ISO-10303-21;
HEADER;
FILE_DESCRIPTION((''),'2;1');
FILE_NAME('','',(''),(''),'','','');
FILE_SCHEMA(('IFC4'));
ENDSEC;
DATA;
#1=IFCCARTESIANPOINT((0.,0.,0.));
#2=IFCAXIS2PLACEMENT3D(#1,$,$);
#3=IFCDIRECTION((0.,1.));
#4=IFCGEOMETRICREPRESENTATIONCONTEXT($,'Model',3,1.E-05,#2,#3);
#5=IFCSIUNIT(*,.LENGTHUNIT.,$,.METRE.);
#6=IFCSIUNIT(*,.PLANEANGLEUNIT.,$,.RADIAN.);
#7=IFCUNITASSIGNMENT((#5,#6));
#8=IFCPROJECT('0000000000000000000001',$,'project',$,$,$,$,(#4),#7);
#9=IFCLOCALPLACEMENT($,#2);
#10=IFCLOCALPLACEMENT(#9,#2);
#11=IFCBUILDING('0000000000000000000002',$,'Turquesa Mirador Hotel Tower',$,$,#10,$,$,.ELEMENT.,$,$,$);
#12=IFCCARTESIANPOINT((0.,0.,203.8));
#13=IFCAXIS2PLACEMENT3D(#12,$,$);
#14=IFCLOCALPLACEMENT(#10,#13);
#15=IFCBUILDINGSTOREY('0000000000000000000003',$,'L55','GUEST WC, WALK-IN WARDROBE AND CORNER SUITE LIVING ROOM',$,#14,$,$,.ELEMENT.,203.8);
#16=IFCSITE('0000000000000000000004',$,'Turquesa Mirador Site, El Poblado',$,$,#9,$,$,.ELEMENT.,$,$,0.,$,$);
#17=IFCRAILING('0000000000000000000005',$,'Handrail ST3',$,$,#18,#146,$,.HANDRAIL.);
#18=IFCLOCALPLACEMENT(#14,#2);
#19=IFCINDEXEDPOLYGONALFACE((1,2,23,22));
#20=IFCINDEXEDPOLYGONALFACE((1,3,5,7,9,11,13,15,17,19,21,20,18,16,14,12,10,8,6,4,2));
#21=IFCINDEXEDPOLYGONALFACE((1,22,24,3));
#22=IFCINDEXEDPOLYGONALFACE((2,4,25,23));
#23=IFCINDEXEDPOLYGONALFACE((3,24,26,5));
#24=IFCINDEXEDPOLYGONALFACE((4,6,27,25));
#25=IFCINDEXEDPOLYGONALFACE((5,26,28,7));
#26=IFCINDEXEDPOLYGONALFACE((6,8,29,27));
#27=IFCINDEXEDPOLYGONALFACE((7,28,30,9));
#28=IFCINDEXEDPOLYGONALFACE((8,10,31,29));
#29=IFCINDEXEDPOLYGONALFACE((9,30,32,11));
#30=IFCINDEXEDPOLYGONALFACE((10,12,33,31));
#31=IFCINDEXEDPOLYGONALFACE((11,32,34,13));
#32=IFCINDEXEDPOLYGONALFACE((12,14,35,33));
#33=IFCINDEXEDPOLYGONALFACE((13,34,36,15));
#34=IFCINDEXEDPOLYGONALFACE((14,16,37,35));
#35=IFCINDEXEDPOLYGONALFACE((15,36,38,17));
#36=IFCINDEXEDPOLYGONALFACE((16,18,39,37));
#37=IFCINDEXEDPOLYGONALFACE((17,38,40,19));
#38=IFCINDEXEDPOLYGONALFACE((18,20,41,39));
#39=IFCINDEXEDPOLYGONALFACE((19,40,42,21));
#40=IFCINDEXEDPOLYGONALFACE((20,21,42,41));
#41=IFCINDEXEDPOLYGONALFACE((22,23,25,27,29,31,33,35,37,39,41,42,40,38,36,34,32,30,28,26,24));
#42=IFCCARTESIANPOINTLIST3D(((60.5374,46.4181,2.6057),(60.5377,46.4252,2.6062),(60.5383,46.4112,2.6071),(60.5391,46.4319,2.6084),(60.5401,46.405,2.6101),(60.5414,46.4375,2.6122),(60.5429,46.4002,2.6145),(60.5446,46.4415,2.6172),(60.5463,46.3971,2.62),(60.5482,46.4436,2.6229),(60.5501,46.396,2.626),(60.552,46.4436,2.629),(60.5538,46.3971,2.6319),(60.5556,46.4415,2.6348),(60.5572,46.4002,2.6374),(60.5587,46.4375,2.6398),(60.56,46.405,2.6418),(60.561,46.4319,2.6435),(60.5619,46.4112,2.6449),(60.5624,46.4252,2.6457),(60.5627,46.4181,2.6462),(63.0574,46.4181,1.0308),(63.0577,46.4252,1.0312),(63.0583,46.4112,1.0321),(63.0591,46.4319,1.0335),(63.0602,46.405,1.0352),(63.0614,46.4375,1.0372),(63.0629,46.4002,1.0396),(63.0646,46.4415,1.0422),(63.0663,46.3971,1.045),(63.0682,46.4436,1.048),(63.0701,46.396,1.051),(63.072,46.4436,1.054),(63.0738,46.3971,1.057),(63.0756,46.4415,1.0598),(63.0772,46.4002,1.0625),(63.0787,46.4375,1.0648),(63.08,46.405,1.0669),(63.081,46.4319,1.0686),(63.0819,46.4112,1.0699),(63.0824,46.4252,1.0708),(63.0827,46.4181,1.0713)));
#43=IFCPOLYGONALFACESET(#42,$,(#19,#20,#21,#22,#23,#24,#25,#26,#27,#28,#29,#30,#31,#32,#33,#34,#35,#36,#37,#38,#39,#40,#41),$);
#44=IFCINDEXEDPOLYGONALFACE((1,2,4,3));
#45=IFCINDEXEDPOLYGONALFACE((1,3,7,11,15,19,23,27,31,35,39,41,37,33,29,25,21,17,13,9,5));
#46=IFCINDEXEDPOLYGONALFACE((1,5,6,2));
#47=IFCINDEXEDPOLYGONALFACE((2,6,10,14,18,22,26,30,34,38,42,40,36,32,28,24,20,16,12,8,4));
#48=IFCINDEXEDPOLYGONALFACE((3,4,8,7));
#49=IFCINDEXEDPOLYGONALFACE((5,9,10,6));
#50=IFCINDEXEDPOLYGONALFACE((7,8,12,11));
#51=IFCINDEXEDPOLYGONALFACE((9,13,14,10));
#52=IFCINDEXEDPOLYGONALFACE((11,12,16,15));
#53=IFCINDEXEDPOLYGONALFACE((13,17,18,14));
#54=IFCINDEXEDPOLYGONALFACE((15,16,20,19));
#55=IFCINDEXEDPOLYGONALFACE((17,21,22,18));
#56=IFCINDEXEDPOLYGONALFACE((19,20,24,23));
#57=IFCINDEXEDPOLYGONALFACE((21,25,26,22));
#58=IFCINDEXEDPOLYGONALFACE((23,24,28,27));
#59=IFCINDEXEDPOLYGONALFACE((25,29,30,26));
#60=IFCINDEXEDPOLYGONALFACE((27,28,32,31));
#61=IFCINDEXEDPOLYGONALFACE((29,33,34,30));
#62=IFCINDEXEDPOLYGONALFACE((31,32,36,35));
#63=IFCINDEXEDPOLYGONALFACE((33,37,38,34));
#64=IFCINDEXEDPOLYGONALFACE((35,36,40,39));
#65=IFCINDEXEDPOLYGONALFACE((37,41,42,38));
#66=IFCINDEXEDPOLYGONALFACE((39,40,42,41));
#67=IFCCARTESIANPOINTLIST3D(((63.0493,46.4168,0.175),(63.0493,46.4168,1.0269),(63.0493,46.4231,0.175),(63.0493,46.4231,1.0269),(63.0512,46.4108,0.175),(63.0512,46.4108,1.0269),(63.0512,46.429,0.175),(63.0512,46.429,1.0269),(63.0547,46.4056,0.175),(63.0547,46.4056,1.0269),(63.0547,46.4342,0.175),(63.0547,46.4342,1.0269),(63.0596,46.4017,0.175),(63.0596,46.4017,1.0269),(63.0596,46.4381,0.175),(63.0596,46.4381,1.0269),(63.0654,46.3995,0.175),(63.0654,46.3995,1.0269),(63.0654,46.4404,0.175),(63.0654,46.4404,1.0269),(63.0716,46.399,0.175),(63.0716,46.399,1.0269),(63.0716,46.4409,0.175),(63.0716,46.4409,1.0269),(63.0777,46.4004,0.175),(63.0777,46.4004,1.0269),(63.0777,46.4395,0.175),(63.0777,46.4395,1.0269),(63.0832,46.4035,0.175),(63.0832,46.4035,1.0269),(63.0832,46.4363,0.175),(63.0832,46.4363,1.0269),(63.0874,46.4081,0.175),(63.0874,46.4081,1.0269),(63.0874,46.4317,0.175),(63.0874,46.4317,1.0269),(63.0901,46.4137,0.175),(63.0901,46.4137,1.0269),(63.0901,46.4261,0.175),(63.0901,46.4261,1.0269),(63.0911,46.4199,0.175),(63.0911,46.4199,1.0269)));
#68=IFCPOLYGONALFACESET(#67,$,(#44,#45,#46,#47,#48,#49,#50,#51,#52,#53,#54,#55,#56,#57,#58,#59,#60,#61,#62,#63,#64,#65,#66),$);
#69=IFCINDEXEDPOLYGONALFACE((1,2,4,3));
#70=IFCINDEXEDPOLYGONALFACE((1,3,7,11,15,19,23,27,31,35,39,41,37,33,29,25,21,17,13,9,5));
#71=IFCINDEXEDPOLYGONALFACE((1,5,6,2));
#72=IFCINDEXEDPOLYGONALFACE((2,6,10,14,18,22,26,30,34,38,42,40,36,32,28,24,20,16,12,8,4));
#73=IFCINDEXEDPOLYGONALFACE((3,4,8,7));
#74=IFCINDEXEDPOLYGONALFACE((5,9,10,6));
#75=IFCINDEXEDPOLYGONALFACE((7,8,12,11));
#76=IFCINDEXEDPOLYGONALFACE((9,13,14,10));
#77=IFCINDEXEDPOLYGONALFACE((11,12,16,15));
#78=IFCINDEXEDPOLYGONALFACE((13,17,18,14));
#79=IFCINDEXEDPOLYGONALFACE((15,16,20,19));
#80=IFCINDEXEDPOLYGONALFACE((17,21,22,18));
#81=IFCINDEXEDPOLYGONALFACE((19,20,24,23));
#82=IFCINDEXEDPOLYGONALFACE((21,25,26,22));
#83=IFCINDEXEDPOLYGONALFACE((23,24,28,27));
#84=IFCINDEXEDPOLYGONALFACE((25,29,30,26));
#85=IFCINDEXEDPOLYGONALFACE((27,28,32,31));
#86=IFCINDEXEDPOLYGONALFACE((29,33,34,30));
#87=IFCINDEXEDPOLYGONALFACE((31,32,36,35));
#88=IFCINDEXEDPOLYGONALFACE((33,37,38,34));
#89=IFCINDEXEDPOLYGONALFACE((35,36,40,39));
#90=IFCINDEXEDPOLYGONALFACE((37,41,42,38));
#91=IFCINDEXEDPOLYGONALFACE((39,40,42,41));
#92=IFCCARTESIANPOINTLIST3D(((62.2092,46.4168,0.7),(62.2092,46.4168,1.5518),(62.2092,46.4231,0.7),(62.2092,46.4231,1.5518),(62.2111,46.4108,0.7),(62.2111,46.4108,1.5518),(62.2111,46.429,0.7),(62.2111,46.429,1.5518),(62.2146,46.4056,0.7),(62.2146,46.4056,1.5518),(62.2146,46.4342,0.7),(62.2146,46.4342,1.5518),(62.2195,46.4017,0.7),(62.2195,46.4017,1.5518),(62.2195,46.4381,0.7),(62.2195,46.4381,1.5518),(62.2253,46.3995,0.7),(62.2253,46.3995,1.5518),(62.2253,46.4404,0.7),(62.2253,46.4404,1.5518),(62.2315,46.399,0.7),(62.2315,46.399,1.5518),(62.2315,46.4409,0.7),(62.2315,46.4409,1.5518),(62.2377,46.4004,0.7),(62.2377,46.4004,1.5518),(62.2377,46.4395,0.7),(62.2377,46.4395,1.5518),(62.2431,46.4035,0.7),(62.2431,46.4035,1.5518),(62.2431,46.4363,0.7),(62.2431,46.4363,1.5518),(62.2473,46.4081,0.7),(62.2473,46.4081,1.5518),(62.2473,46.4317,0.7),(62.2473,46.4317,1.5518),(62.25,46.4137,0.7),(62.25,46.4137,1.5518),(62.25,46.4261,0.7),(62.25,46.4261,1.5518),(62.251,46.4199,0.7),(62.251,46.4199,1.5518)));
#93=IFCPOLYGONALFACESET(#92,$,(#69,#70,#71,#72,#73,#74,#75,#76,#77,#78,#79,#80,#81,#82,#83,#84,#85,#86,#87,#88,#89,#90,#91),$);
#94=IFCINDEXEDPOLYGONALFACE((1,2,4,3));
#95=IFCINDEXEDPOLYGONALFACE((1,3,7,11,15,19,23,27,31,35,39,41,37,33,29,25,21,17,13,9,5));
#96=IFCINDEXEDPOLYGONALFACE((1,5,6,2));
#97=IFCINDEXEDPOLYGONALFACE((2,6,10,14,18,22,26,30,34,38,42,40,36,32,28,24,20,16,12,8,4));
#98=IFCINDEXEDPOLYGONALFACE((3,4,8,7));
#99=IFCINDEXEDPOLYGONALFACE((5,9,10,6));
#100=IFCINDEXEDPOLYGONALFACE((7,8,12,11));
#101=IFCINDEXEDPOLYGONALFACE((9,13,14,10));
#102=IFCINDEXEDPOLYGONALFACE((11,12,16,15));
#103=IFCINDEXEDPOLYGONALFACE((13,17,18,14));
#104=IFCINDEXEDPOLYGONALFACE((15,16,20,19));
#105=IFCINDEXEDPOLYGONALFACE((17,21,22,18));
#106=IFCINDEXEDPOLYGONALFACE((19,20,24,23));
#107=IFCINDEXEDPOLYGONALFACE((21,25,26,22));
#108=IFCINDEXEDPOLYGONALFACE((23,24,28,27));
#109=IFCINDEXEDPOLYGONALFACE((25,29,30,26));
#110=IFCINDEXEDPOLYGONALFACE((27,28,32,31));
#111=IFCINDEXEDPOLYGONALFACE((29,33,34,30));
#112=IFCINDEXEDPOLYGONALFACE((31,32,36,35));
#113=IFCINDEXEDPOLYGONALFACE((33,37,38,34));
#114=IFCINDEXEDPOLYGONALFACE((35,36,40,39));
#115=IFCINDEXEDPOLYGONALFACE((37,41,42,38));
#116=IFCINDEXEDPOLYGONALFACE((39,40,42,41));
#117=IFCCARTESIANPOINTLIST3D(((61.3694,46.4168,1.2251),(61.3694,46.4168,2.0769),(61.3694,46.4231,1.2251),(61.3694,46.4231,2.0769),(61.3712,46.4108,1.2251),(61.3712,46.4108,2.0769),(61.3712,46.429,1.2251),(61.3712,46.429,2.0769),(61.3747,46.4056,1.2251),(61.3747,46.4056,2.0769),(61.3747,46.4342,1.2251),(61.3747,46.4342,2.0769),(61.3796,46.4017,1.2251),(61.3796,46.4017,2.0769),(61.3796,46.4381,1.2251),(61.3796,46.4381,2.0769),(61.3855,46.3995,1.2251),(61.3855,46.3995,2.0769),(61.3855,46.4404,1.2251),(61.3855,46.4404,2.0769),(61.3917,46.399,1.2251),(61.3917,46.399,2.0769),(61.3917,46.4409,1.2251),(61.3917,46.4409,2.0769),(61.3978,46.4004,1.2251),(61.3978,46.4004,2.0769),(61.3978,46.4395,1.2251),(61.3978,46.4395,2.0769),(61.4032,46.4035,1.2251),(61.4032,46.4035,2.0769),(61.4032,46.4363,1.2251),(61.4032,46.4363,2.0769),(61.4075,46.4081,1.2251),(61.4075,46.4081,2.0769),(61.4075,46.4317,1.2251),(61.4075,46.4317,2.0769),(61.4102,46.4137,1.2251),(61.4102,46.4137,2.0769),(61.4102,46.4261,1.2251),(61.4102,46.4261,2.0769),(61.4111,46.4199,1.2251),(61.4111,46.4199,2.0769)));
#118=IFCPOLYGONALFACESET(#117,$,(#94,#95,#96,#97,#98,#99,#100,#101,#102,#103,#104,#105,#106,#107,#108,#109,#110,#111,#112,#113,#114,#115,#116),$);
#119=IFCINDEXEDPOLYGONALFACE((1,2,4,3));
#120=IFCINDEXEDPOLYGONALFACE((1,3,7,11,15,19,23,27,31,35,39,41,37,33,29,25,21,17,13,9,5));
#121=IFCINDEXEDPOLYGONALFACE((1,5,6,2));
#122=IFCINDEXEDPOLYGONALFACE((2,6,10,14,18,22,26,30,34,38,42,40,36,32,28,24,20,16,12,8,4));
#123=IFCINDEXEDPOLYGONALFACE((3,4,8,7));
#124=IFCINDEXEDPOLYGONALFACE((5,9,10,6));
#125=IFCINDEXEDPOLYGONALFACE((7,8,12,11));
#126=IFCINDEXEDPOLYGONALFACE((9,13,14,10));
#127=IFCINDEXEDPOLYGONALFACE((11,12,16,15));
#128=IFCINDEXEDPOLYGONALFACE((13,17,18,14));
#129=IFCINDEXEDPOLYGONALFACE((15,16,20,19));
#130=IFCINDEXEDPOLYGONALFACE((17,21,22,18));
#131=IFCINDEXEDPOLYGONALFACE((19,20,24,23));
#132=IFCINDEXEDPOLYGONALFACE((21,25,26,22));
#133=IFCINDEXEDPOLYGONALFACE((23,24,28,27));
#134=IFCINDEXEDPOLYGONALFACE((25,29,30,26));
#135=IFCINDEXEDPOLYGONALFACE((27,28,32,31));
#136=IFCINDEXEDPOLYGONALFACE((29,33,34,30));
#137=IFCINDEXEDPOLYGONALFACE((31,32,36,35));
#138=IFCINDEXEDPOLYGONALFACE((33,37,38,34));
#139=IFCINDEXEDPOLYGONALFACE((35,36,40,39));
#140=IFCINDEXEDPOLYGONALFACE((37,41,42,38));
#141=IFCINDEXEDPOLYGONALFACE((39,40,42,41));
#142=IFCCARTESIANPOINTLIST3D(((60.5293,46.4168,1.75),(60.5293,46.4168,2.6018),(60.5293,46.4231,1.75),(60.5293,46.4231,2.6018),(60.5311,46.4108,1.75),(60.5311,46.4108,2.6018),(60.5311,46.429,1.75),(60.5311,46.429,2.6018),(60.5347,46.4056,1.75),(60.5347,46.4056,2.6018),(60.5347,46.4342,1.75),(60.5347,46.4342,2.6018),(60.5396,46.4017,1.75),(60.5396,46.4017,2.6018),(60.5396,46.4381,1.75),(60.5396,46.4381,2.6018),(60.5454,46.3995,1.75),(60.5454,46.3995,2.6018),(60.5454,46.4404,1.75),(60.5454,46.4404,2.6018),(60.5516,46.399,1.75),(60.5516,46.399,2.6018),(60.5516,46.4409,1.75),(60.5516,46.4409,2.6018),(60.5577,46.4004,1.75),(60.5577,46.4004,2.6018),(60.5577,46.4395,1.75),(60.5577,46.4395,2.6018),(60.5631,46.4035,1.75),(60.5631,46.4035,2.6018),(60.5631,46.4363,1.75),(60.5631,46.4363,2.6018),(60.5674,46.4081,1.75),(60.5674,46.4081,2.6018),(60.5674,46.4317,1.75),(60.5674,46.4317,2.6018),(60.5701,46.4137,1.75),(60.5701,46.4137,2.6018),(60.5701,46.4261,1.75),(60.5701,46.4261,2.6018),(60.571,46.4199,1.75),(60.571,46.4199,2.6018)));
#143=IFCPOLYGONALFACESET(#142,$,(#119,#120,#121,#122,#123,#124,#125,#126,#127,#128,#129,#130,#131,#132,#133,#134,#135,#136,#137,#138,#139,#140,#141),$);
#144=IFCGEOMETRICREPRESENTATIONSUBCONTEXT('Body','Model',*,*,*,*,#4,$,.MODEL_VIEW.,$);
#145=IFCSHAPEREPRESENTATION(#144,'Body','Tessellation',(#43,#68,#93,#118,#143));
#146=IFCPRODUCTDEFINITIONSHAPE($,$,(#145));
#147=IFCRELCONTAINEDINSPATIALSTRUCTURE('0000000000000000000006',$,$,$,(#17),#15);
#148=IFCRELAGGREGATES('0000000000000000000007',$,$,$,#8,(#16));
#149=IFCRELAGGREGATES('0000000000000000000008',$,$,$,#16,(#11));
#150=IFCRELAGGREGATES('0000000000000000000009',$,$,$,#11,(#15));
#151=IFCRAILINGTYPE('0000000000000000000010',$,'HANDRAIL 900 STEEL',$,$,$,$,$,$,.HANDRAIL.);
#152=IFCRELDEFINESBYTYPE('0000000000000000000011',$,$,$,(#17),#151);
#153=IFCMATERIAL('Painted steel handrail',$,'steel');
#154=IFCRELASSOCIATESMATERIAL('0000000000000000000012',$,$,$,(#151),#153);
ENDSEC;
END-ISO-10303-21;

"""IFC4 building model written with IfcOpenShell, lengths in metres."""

from ifc_helpers import new_model, si_unit, direction, frame, origin, origin_2d, place, context, subcontext, project, spatial, circle, extrude, material, type_object, element, save


model = new_model("IFC4")

# Units and contexts
model_context = context("Model", 3, precision=1e-05, world=origin(), true_north=direction((0.0, 1.0)))
body_context = subcontext(model_context, "Body", "Model", "MODEL_VIEW")
ifc_project = project(units=[si_unit("LENGTHUNIT", "METRE"), si_unit("PLANEANGLEUNIT", "RADIAN")], contexts=[model_context])

# Site, building, storey
site_placement = place(None, origin())
site = spatial("IfcSite", under=ifc_project, at=site_placement, Name="Turquesa Mirador Site, El Poblado", CompositionType="ELEMENT", RefElevation=0.0)
building_placement = place(site_placement, origin())
building = spatial("IfcBuilding", under=site, at=building_placement, Name="Turquesa Mirador Hotel Tower", CompositionType="ELEMENT")
storey_placement = place(building_placement, frame((0.0, 0.0, 203.8)))
storey = spatial("IfcBuildingStorey", under=building, at=storey_placement, Name="L55", Description="GUEST WC, WALK-IN WARDROBE AND CORNER SUITE LIVING ROOM", CompositionType="ELEMENT", Elevation=203.8)

# Railing
ifc_material_1 = material(Name="Painted steel handrail", Category="steel")
railing_type = type_object("IfcRailingType", Name="HANDRAIL 900 STEEL", PredefinedType="HANDRAIL", material=ifc_material_1)
railing_1_placement = place(storey_placement, frame((63.0701, 46.4199, 0.175)))
element("IfcRailing", 1, at=railing_1_placement, inside=storey, type_object=railing_type, Name="Handrail ST3", PredefinedType="HANDRAIL", context=body_context, shape_type="SweptSolid", body=[
    extrude(circle(Radius=0.0239, at=origin_2d()), frame((0.0, 0.0, 0.876), z_axis=(-0.848008, 0.0, 0.529984), x_axis=(0.0, -1.0, 0.0)), (0.0, 0.0, 1.0), 2.9717),
    extrude(circle(Radius=0.021, at=origin_2d()), origin(), (0.0, 0.0, 1.0), 0.8518),
    extrude(circle(Radius=0.021, at=origin_2d()), frame((-0.8401, 0.0, 0.5249)), (0.0, 0.0, 1.0), 0.8518),
    extrude(circle(Radius=0.021, at=origin_2d()), frame((-1.6799, 0.0, 1.05)), (0.0, 0.0, 1.0), 0.8518),
    extrude(circle(Radius=0.021, at=origin_2d()), frame((-2.52, 0.0, 1.575)), (0.0, 0.0, 1.0), 0.8518),
])

save(model, "model.ifc")
